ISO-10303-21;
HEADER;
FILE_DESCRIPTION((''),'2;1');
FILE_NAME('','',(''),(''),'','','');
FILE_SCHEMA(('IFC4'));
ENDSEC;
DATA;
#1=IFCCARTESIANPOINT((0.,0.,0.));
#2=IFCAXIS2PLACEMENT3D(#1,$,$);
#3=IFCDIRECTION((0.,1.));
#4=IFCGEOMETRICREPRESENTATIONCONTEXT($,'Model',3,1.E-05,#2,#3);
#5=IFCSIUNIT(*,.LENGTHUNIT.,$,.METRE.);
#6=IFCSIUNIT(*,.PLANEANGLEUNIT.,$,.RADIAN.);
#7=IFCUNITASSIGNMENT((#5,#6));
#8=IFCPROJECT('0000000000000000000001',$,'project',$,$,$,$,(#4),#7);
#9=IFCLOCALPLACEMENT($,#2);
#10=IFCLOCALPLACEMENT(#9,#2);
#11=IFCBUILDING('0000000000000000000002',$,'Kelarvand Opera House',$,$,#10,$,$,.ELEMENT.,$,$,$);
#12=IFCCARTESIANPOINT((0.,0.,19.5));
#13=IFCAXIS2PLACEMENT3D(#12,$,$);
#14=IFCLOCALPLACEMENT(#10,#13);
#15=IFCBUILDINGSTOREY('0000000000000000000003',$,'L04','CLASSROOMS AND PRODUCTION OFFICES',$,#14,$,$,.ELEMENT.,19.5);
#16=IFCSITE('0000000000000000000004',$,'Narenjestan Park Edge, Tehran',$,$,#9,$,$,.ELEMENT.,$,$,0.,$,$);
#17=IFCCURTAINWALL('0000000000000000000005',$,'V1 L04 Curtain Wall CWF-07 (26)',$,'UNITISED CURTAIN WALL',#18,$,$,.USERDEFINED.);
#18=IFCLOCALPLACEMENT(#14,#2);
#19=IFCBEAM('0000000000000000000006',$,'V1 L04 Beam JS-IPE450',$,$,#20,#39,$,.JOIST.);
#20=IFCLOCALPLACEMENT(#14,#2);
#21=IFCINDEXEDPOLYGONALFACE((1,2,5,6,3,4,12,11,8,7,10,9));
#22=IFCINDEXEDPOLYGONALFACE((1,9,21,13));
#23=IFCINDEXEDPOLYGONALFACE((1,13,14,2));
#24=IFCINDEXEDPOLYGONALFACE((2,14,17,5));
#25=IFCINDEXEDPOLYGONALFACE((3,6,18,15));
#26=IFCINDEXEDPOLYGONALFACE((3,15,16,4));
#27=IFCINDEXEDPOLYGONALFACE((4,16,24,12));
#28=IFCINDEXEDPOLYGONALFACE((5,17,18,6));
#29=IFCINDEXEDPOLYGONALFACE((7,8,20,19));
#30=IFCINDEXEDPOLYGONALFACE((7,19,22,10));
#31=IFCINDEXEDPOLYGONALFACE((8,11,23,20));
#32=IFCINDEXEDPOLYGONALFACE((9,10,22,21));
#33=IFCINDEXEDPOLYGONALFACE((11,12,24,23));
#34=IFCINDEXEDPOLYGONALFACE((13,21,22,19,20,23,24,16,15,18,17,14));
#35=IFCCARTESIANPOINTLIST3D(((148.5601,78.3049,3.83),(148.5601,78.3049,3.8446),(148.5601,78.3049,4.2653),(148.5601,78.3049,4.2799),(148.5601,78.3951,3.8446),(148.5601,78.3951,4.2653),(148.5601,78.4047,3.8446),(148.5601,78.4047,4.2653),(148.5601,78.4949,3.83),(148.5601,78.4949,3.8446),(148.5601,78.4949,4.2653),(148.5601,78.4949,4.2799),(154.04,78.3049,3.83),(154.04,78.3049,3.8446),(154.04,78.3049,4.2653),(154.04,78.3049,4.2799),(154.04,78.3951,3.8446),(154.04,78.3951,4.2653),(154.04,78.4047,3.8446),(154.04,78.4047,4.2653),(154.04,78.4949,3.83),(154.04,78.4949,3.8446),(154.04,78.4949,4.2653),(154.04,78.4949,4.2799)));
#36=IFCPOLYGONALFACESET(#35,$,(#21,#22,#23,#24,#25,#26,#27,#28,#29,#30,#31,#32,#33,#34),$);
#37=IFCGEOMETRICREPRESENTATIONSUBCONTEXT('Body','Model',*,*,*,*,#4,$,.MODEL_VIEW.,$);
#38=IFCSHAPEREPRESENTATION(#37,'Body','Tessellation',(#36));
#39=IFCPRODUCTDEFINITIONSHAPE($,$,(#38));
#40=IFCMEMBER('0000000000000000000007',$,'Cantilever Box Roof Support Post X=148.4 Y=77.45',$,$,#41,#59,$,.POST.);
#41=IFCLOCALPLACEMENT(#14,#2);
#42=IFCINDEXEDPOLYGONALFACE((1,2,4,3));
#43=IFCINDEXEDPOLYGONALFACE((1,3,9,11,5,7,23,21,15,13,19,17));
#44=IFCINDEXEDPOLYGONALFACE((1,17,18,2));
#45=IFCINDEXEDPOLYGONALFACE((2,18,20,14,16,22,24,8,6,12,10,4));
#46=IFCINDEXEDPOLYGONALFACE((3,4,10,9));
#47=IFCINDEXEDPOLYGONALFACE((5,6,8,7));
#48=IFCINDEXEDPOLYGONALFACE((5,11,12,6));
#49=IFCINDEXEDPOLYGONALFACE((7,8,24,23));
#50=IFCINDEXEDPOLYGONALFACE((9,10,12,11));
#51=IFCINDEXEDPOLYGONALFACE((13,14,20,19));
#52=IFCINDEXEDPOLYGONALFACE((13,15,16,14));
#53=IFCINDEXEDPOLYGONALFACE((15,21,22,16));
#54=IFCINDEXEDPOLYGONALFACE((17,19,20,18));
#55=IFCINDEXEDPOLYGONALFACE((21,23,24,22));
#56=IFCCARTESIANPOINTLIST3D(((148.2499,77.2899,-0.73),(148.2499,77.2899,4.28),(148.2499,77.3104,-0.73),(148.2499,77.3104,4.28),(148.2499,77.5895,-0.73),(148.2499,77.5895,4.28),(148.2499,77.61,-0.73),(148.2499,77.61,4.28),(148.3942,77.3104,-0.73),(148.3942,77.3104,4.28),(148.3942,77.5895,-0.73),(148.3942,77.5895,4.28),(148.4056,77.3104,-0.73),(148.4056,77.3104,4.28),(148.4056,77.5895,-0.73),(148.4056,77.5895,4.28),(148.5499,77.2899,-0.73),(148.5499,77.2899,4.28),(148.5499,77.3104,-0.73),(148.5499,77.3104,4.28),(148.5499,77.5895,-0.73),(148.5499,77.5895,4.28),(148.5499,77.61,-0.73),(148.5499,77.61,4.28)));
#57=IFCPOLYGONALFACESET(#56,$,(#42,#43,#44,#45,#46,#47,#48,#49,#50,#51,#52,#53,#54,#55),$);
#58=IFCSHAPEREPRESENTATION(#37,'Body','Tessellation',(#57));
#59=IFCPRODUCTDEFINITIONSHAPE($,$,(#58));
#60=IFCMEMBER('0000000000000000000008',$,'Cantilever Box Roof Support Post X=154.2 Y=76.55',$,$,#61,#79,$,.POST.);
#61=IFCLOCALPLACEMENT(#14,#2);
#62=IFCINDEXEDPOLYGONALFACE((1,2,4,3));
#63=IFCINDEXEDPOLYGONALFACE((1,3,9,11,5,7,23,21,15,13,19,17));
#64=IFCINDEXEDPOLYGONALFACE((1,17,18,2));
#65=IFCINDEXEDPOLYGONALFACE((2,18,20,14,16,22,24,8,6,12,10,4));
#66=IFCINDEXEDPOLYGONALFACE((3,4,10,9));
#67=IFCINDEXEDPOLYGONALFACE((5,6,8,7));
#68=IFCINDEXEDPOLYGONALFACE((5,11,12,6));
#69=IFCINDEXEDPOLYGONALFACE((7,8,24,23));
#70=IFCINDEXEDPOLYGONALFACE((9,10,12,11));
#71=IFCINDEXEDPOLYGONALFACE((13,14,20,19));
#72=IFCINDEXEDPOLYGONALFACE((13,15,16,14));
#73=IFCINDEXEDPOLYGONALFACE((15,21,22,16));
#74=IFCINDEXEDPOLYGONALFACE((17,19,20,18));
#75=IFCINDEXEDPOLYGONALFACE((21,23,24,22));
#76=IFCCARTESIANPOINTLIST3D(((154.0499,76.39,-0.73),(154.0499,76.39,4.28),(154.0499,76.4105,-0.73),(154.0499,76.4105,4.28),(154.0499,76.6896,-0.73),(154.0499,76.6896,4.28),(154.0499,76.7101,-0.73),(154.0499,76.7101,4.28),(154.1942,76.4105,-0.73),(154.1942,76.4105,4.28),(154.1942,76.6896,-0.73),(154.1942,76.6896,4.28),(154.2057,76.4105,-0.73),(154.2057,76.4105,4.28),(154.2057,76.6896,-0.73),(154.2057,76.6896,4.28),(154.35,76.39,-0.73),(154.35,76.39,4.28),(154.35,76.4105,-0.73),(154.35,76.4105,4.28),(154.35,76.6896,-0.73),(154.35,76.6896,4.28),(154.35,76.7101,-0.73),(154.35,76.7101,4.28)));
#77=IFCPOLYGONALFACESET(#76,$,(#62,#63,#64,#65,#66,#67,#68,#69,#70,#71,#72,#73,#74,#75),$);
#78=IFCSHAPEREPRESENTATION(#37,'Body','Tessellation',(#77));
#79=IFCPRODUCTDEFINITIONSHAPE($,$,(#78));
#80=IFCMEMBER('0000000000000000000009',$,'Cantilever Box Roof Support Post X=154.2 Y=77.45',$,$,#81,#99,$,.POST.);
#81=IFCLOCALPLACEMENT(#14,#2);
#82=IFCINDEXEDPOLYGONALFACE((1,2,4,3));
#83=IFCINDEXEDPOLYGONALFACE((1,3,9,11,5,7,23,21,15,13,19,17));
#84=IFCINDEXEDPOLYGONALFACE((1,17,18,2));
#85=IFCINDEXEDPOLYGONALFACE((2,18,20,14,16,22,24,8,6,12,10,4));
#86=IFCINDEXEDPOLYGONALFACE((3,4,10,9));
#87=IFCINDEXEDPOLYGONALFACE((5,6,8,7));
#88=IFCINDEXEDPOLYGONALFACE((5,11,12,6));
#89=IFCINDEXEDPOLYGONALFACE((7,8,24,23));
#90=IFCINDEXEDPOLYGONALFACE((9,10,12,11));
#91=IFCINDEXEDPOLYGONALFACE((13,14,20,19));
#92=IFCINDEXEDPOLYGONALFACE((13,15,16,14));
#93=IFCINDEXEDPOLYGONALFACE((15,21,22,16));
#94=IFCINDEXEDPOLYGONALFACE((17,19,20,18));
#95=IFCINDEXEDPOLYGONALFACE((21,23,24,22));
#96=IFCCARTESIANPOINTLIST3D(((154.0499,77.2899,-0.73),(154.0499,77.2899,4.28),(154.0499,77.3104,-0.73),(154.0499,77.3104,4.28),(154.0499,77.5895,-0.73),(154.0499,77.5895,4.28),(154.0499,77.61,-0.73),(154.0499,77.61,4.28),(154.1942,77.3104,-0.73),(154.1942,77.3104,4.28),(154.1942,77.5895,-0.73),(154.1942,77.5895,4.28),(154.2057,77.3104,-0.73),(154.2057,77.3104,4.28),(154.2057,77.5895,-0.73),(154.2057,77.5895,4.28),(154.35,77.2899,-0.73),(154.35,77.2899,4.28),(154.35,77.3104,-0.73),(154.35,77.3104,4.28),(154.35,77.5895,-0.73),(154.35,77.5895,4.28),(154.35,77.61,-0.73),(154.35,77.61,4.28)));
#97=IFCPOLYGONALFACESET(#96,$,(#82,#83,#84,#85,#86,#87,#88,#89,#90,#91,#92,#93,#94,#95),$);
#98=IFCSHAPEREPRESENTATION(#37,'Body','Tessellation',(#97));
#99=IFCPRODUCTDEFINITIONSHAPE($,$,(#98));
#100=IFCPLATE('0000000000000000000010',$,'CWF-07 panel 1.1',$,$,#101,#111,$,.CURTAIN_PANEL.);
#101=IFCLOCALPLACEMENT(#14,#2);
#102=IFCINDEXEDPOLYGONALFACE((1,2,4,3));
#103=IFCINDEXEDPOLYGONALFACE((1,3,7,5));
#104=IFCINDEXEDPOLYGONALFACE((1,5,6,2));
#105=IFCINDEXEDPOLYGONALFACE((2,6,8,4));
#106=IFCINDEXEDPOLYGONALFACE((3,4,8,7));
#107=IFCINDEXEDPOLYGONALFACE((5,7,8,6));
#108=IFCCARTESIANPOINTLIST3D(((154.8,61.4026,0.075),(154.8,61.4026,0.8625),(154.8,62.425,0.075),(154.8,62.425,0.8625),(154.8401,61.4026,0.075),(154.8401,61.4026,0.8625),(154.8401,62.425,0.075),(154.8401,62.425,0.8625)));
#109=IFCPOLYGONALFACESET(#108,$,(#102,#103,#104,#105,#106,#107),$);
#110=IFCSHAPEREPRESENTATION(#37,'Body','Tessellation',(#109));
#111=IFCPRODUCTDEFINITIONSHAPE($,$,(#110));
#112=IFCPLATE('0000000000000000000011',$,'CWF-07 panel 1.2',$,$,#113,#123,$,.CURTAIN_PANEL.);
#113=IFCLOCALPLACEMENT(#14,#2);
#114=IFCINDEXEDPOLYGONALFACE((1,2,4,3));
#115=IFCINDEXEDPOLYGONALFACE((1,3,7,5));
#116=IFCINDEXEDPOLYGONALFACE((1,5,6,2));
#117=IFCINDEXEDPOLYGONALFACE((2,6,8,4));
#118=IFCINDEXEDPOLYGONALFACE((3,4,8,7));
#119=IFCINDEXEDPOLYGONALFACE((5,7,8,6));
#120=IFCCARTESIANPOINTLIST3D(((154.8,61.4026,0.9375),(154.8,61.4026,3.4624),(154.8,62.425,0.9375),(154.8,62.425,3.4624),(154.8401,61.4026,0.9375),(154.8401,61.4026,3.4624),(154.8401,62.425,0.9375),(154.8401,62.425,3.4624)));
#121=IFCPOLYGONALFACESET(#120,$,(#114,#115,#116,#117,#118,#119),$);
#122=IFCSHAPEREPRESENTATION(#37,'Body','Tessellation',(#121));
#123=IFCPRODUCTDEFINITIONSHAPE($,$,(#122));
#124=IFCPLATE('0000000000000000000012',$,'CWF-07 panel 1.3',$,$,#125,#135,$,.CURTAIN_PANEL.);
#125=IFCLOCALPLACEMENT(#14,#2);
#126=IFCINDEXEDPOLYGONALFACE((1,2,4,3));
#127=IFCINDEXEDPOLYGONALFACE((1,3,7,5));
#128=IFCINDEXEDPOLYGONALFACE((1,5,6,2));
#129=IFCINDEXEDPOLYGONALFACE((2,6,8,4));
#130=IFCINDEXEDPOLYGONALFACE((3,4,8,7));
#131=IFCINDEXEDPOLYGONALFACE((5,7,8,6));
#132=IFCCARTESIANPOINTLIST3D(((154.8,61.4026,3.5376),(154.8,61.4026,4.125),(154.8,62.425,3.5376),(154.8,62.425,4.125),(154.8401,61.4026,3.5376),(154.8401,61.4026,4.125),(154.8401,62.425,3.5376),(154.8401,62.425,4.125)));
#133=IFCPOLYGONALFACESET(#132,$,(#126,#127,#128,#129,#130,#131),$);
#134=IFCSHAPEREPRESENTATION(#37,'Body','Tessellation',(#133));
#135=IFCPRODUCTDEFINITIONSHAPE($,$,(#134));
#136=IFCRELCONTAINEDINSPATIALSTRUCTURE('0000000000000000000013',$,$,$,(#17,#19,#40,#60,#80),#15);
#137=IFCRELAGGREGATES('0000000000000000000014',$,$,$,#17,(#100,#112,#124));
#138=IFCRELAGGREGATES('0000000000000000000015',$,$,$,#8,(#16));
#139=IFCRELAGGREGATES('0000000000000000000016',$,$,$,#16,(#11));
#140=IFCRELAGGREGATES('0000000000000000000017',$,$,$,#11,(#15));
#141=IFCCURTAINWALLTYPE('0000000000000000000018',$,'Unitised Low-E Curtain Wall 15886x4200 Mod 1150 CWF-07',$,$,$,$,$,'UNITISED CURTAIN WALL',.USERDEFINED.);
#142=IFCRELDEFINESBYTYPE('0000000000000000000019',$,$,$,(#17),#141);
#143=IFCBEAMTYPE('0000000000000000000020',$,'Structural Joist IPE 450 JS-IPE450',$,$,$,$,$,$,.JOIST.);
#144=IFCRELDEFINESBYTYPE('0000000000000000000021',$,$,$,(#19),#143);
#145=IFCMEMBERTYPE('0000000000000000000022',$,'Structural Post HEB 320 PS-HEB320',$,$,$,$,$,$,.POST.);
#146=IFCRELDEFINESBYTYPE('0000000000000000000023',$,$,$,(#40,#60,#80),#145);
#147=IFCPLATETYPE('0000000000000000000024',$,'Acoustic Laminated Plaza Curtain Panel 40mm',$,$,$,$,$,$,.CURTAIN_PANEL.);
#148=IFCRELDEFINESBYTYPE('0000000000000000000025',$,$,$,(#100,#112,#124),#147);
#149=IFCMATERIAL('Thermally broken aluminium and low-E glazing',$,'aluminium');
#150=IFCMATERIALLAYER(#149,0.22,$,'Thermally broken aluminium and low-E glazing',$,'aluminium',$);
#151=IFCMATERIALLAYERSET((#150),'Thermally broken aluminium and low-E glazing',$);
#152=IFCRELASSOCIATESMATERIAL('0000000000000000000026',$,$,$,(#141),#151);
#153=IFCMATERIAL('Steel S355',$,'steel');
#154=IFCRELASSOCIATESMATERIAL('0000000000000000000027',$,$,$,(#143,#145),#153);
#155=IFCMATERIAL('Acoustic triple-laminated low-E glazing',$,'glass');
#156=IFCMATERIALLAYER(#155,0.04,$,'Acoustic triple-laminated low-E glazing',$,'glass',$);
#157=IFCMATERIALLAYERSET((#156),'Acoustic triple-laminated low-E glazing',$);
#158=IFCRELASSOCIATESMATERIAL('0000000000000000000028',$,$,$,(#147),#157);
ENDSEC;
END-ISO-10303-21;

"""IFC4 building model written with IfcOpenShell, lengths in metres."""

from ifc_helpers import new_model, si_unit, direction, frame, origin, origin_2d, place, context, subcontext, project, spatial, rectangle, i_section, extrude, material, layer, layer_set, material_profile, profile_set, type_object, element, aggregate, save


model = new_model("IFC4")

# Units and contexts
model_context = context("Model", 3, precision=1e-05, world=origin(), true_north=direction((0.0, 1.0)))
body_context = subcontext(model_context, "Body", "Model", "MODEL_VIEW")
ifc_project = project(units=[si_unit("LENGTHUNIT", "METRE"), si_unit("PLANEANGLEUNIT", "RADIAN")], contexts=[model_context])

# Site, building, storey
site_placement = place(None, origin())
site = spatial("IfcSite", under=ifc_project, at=site_placement, Name="Narenjestan Park Edge, Tehran", CompositionType="ELEMENT", RefElevation=0.0)
building_placement = place(site_placement, origin())
building = spatial("IfcBuilding", under=site, at=building_placement, Name="Kelarvand Opera House", CompositionType="ELEMENT")
storey_placement = place(building_placement, frame((0.0, 0.0, 19.5)))
storey = spatial("IfcBuildingStorey", under=building, at=storey_placement, Name="L04", Description="CLASSROOMS AND PRODUCTION OFFICES", CompositionType="ELEMENT", Elevation=19.5)

# Shared definitions
ifc_material_1 = material(Name="Thermally broken aluminium and low-E glazing", Category="aluminium")
ifc_layer_1 = layer(ifc_material_1, 0.22, Name="Thermally broken aluminium and low-E glazing", Category="aluminium")
ifc_layer_set_1 = layer_set([ifc_layer_1], Name="Thermally broken aluminium and low-E glazing")
curtain_wall_type = type_object("IfcCurtainWallType", Name="Unitised Low-E Curtain Wall 15886x4200 Mod 1150 CWF-07", ElementType="UNITISED CURTAIN WALL", PredefinedType="USERDEFINED", material=ifc_layer_set_1)

# Curtain wall
curtain_wall_1_placement = place(storey_placement, origin())
curtain_wall_1 = element("IfcCurtainWall", 1, at=curtain_wall_1_placement, inside=storey, type_object=curtain_wall_type, Name="V1 L04 Curtain Wall CWF-07 (26)", ObjectType="UNITISED CURTAIN WALL", PredefinedType="USERDEFINED")

# Beam
ifc_material_2 = material(Name="Steel S355", Category="steel")
ifc_material_profile_1 = material_profile(ifc_material_2, i_section(OverallWidth=0.1899, OverallDepth=0.45, WebThickness=0.0095, FlangeThickness=0.0146, at=origin_2d()), Name="IPE 450", Category="steel")
ifc_profile_set_1 = profile_set([ifc_material_profile_1], Name="Steel S355")
beam_type = type_object("IfcBeamType", Name="Structural Joist IPE 450 JS-IPE450", PredefinedType="JOIST", material=ifc_profile_set_1)
for number, where, z_axis, x_axis, name in (
    (2, (148.5601, 78.3999, 4.0549), (1.0, 0.0, 0.0), (0.0, 1.0, 0.0), "V1 L04 Beam JS-IPE450"),
):
    element("IfcBeam", number, at=place(storey_placement, frame(where, z_axis=z_axis, x_axis=x_axis)), inside=storey, type_object=beam_type, Name=name, PredefinedType="JOIST", context=body_context, shape_type="SweptSolid", body=[
        extrude(i_section(OverallWidth=0.1899, OverallDepth=0.45, WebThickness=0.0095, FlangeThickness=0.0146, at=origin_2d()), origin(), (0.0, 0.0, 1.0), 5.48),
    ])

# Members
ifc_material_profile_2 = material_profile(ifc_material_2, i_section(OverallWidth=0.3, OverallDepth=0.3201, WebThickness=0.0115, FlangeThickness=0.0205, at=origin_2d()), Name="HEB 320", Category="steel")
ifc_profile_set_2 = profile_set([ifc_material_profile_2], Name="Steel S355")
member_type_1 = type_object("IfcMemberType", Name="Structural Post HEB 320 PS-HEB320", PredefinedType="POST", material=ifc_profile_set_2)
for number, where, z_axis, x_axis, name in (
    (3, (148.3999, 77.45, -0.73), (0.0, 0.0, 1.0), (1.0, 0.0, 0.0), "Cantilever Box Roof Support Post X=148.4 Y=77.45"),
    (4, (154.2, 76.55, -0.73), (0.0, 0.0, 1.0), (1.0, 0.0, 0.0), "Cantilever Box Roof Support Post X=154.2 Y=76.55"),
    (5, (154.2, 77.45, -0.73), (0.0, 0.0, 1.0), (1.0, 0.0, 0.0), "Cantilever Box Roof Support Post X=154.2 Y=77.45"),
):
    element("IfcMember", number, at=place(storey_placement, frame(where, z_axis=z_axis, x_axis=x_axis)), inside=storey, type_object=member_type_1, Name=name, PredefinedType="POST", context=body_context, shape_type="SweptSolid", body=[
        extrude(i_section(OverallWidth=0.3, OverallDepth=0.3201, WebThickness=0.0115, FlangeThickness=0.0205, at=origin_2d()), origin(), (0.0, 0.0, 1.0), 5.01),
    ])

# Plates
ifc_material_3 = material(Name="Acoustic triple-laminated low-E glazing", Category="glass")
ifc_layer_2 = layer(ifc_material_3, 0.04, Name="Acoustic triple-laminated low-E glazing", Category="glass")
ifc_layer_set_2 = layer_set([ifc_layer_2], Name="Acoustic triple-laminated low-E glazing")
plate_type = type_object("IfcPlateType", Name="Acoustic Laminated Plaza Curtain Panel 40mm", PredefinedType="CURTAIN_PANEL", material=ifc_layer_set_2)
plate_1_placement = place(storey_placement, frame((154.8201, 61.9138, 0.075), z_axis=(0.0, 0.0, 1.0), x_axis=(0.0, -1.0, 0.0)))
plate_1 = element("IfcPlate", 6, at=plate_1_placement, type_object=plate_type, Name="CWF-07 panel 1.1", PredefinedType="CURTAIN_PANEL", context=body_context, shape_type="SweptSolid", body=[
    extrude(rectangle(XDim=1.0225, YDim=0.04, at=origin_2d()), origin(), (0.0, 0.0, 1.0), 0.7876),
])
plate_2_placement = place(storey_placement, frame((154.8201, 61.9138, 0.9375), z_axis=(0.0, 0.0, 1.0), x_axis=(0.0, -1.0, 0.0)))
plate_2 = element("IfcPlate", 7, at=plate_2_placement, type_object=plate_type, Name="CWF-07 panel 1.2", PredefinedType="CURTAIN_PANEL", context=body_context, shape_type="SweptSolid", body=[
    extrude(rectangle(XDim=1.0225, YDim=0.04, at=origin_2d()), origin(), (0.0, 0.0, 1.0), 2.5249),
])
plate_3_placement = place(storey_placement, frame((154.8201, 61.9138, 3.5376), z_axis=(0.0, 0.0, 1.0), x_axis=(0.0, -1.0, 0.0)))
plate_3 = element("IfcPlate", 8, at=plate_3_placement, type_object=plate_type, Name="CWF-07 panel 1.3", PredefinedType="CURTAIN_PANEL", context=body_context, shape_type="SweptSolid", body=[
    extrude(rectangle(XDim=1.0225, YDim=0.04, at=origin_2d()), origin(), (0.0, 0.0, 1.0), 0.5874),
])
aggregate(curtain_wall_1, [plate_1, plate_2, plate_3])

save(model, "model.ifc")
